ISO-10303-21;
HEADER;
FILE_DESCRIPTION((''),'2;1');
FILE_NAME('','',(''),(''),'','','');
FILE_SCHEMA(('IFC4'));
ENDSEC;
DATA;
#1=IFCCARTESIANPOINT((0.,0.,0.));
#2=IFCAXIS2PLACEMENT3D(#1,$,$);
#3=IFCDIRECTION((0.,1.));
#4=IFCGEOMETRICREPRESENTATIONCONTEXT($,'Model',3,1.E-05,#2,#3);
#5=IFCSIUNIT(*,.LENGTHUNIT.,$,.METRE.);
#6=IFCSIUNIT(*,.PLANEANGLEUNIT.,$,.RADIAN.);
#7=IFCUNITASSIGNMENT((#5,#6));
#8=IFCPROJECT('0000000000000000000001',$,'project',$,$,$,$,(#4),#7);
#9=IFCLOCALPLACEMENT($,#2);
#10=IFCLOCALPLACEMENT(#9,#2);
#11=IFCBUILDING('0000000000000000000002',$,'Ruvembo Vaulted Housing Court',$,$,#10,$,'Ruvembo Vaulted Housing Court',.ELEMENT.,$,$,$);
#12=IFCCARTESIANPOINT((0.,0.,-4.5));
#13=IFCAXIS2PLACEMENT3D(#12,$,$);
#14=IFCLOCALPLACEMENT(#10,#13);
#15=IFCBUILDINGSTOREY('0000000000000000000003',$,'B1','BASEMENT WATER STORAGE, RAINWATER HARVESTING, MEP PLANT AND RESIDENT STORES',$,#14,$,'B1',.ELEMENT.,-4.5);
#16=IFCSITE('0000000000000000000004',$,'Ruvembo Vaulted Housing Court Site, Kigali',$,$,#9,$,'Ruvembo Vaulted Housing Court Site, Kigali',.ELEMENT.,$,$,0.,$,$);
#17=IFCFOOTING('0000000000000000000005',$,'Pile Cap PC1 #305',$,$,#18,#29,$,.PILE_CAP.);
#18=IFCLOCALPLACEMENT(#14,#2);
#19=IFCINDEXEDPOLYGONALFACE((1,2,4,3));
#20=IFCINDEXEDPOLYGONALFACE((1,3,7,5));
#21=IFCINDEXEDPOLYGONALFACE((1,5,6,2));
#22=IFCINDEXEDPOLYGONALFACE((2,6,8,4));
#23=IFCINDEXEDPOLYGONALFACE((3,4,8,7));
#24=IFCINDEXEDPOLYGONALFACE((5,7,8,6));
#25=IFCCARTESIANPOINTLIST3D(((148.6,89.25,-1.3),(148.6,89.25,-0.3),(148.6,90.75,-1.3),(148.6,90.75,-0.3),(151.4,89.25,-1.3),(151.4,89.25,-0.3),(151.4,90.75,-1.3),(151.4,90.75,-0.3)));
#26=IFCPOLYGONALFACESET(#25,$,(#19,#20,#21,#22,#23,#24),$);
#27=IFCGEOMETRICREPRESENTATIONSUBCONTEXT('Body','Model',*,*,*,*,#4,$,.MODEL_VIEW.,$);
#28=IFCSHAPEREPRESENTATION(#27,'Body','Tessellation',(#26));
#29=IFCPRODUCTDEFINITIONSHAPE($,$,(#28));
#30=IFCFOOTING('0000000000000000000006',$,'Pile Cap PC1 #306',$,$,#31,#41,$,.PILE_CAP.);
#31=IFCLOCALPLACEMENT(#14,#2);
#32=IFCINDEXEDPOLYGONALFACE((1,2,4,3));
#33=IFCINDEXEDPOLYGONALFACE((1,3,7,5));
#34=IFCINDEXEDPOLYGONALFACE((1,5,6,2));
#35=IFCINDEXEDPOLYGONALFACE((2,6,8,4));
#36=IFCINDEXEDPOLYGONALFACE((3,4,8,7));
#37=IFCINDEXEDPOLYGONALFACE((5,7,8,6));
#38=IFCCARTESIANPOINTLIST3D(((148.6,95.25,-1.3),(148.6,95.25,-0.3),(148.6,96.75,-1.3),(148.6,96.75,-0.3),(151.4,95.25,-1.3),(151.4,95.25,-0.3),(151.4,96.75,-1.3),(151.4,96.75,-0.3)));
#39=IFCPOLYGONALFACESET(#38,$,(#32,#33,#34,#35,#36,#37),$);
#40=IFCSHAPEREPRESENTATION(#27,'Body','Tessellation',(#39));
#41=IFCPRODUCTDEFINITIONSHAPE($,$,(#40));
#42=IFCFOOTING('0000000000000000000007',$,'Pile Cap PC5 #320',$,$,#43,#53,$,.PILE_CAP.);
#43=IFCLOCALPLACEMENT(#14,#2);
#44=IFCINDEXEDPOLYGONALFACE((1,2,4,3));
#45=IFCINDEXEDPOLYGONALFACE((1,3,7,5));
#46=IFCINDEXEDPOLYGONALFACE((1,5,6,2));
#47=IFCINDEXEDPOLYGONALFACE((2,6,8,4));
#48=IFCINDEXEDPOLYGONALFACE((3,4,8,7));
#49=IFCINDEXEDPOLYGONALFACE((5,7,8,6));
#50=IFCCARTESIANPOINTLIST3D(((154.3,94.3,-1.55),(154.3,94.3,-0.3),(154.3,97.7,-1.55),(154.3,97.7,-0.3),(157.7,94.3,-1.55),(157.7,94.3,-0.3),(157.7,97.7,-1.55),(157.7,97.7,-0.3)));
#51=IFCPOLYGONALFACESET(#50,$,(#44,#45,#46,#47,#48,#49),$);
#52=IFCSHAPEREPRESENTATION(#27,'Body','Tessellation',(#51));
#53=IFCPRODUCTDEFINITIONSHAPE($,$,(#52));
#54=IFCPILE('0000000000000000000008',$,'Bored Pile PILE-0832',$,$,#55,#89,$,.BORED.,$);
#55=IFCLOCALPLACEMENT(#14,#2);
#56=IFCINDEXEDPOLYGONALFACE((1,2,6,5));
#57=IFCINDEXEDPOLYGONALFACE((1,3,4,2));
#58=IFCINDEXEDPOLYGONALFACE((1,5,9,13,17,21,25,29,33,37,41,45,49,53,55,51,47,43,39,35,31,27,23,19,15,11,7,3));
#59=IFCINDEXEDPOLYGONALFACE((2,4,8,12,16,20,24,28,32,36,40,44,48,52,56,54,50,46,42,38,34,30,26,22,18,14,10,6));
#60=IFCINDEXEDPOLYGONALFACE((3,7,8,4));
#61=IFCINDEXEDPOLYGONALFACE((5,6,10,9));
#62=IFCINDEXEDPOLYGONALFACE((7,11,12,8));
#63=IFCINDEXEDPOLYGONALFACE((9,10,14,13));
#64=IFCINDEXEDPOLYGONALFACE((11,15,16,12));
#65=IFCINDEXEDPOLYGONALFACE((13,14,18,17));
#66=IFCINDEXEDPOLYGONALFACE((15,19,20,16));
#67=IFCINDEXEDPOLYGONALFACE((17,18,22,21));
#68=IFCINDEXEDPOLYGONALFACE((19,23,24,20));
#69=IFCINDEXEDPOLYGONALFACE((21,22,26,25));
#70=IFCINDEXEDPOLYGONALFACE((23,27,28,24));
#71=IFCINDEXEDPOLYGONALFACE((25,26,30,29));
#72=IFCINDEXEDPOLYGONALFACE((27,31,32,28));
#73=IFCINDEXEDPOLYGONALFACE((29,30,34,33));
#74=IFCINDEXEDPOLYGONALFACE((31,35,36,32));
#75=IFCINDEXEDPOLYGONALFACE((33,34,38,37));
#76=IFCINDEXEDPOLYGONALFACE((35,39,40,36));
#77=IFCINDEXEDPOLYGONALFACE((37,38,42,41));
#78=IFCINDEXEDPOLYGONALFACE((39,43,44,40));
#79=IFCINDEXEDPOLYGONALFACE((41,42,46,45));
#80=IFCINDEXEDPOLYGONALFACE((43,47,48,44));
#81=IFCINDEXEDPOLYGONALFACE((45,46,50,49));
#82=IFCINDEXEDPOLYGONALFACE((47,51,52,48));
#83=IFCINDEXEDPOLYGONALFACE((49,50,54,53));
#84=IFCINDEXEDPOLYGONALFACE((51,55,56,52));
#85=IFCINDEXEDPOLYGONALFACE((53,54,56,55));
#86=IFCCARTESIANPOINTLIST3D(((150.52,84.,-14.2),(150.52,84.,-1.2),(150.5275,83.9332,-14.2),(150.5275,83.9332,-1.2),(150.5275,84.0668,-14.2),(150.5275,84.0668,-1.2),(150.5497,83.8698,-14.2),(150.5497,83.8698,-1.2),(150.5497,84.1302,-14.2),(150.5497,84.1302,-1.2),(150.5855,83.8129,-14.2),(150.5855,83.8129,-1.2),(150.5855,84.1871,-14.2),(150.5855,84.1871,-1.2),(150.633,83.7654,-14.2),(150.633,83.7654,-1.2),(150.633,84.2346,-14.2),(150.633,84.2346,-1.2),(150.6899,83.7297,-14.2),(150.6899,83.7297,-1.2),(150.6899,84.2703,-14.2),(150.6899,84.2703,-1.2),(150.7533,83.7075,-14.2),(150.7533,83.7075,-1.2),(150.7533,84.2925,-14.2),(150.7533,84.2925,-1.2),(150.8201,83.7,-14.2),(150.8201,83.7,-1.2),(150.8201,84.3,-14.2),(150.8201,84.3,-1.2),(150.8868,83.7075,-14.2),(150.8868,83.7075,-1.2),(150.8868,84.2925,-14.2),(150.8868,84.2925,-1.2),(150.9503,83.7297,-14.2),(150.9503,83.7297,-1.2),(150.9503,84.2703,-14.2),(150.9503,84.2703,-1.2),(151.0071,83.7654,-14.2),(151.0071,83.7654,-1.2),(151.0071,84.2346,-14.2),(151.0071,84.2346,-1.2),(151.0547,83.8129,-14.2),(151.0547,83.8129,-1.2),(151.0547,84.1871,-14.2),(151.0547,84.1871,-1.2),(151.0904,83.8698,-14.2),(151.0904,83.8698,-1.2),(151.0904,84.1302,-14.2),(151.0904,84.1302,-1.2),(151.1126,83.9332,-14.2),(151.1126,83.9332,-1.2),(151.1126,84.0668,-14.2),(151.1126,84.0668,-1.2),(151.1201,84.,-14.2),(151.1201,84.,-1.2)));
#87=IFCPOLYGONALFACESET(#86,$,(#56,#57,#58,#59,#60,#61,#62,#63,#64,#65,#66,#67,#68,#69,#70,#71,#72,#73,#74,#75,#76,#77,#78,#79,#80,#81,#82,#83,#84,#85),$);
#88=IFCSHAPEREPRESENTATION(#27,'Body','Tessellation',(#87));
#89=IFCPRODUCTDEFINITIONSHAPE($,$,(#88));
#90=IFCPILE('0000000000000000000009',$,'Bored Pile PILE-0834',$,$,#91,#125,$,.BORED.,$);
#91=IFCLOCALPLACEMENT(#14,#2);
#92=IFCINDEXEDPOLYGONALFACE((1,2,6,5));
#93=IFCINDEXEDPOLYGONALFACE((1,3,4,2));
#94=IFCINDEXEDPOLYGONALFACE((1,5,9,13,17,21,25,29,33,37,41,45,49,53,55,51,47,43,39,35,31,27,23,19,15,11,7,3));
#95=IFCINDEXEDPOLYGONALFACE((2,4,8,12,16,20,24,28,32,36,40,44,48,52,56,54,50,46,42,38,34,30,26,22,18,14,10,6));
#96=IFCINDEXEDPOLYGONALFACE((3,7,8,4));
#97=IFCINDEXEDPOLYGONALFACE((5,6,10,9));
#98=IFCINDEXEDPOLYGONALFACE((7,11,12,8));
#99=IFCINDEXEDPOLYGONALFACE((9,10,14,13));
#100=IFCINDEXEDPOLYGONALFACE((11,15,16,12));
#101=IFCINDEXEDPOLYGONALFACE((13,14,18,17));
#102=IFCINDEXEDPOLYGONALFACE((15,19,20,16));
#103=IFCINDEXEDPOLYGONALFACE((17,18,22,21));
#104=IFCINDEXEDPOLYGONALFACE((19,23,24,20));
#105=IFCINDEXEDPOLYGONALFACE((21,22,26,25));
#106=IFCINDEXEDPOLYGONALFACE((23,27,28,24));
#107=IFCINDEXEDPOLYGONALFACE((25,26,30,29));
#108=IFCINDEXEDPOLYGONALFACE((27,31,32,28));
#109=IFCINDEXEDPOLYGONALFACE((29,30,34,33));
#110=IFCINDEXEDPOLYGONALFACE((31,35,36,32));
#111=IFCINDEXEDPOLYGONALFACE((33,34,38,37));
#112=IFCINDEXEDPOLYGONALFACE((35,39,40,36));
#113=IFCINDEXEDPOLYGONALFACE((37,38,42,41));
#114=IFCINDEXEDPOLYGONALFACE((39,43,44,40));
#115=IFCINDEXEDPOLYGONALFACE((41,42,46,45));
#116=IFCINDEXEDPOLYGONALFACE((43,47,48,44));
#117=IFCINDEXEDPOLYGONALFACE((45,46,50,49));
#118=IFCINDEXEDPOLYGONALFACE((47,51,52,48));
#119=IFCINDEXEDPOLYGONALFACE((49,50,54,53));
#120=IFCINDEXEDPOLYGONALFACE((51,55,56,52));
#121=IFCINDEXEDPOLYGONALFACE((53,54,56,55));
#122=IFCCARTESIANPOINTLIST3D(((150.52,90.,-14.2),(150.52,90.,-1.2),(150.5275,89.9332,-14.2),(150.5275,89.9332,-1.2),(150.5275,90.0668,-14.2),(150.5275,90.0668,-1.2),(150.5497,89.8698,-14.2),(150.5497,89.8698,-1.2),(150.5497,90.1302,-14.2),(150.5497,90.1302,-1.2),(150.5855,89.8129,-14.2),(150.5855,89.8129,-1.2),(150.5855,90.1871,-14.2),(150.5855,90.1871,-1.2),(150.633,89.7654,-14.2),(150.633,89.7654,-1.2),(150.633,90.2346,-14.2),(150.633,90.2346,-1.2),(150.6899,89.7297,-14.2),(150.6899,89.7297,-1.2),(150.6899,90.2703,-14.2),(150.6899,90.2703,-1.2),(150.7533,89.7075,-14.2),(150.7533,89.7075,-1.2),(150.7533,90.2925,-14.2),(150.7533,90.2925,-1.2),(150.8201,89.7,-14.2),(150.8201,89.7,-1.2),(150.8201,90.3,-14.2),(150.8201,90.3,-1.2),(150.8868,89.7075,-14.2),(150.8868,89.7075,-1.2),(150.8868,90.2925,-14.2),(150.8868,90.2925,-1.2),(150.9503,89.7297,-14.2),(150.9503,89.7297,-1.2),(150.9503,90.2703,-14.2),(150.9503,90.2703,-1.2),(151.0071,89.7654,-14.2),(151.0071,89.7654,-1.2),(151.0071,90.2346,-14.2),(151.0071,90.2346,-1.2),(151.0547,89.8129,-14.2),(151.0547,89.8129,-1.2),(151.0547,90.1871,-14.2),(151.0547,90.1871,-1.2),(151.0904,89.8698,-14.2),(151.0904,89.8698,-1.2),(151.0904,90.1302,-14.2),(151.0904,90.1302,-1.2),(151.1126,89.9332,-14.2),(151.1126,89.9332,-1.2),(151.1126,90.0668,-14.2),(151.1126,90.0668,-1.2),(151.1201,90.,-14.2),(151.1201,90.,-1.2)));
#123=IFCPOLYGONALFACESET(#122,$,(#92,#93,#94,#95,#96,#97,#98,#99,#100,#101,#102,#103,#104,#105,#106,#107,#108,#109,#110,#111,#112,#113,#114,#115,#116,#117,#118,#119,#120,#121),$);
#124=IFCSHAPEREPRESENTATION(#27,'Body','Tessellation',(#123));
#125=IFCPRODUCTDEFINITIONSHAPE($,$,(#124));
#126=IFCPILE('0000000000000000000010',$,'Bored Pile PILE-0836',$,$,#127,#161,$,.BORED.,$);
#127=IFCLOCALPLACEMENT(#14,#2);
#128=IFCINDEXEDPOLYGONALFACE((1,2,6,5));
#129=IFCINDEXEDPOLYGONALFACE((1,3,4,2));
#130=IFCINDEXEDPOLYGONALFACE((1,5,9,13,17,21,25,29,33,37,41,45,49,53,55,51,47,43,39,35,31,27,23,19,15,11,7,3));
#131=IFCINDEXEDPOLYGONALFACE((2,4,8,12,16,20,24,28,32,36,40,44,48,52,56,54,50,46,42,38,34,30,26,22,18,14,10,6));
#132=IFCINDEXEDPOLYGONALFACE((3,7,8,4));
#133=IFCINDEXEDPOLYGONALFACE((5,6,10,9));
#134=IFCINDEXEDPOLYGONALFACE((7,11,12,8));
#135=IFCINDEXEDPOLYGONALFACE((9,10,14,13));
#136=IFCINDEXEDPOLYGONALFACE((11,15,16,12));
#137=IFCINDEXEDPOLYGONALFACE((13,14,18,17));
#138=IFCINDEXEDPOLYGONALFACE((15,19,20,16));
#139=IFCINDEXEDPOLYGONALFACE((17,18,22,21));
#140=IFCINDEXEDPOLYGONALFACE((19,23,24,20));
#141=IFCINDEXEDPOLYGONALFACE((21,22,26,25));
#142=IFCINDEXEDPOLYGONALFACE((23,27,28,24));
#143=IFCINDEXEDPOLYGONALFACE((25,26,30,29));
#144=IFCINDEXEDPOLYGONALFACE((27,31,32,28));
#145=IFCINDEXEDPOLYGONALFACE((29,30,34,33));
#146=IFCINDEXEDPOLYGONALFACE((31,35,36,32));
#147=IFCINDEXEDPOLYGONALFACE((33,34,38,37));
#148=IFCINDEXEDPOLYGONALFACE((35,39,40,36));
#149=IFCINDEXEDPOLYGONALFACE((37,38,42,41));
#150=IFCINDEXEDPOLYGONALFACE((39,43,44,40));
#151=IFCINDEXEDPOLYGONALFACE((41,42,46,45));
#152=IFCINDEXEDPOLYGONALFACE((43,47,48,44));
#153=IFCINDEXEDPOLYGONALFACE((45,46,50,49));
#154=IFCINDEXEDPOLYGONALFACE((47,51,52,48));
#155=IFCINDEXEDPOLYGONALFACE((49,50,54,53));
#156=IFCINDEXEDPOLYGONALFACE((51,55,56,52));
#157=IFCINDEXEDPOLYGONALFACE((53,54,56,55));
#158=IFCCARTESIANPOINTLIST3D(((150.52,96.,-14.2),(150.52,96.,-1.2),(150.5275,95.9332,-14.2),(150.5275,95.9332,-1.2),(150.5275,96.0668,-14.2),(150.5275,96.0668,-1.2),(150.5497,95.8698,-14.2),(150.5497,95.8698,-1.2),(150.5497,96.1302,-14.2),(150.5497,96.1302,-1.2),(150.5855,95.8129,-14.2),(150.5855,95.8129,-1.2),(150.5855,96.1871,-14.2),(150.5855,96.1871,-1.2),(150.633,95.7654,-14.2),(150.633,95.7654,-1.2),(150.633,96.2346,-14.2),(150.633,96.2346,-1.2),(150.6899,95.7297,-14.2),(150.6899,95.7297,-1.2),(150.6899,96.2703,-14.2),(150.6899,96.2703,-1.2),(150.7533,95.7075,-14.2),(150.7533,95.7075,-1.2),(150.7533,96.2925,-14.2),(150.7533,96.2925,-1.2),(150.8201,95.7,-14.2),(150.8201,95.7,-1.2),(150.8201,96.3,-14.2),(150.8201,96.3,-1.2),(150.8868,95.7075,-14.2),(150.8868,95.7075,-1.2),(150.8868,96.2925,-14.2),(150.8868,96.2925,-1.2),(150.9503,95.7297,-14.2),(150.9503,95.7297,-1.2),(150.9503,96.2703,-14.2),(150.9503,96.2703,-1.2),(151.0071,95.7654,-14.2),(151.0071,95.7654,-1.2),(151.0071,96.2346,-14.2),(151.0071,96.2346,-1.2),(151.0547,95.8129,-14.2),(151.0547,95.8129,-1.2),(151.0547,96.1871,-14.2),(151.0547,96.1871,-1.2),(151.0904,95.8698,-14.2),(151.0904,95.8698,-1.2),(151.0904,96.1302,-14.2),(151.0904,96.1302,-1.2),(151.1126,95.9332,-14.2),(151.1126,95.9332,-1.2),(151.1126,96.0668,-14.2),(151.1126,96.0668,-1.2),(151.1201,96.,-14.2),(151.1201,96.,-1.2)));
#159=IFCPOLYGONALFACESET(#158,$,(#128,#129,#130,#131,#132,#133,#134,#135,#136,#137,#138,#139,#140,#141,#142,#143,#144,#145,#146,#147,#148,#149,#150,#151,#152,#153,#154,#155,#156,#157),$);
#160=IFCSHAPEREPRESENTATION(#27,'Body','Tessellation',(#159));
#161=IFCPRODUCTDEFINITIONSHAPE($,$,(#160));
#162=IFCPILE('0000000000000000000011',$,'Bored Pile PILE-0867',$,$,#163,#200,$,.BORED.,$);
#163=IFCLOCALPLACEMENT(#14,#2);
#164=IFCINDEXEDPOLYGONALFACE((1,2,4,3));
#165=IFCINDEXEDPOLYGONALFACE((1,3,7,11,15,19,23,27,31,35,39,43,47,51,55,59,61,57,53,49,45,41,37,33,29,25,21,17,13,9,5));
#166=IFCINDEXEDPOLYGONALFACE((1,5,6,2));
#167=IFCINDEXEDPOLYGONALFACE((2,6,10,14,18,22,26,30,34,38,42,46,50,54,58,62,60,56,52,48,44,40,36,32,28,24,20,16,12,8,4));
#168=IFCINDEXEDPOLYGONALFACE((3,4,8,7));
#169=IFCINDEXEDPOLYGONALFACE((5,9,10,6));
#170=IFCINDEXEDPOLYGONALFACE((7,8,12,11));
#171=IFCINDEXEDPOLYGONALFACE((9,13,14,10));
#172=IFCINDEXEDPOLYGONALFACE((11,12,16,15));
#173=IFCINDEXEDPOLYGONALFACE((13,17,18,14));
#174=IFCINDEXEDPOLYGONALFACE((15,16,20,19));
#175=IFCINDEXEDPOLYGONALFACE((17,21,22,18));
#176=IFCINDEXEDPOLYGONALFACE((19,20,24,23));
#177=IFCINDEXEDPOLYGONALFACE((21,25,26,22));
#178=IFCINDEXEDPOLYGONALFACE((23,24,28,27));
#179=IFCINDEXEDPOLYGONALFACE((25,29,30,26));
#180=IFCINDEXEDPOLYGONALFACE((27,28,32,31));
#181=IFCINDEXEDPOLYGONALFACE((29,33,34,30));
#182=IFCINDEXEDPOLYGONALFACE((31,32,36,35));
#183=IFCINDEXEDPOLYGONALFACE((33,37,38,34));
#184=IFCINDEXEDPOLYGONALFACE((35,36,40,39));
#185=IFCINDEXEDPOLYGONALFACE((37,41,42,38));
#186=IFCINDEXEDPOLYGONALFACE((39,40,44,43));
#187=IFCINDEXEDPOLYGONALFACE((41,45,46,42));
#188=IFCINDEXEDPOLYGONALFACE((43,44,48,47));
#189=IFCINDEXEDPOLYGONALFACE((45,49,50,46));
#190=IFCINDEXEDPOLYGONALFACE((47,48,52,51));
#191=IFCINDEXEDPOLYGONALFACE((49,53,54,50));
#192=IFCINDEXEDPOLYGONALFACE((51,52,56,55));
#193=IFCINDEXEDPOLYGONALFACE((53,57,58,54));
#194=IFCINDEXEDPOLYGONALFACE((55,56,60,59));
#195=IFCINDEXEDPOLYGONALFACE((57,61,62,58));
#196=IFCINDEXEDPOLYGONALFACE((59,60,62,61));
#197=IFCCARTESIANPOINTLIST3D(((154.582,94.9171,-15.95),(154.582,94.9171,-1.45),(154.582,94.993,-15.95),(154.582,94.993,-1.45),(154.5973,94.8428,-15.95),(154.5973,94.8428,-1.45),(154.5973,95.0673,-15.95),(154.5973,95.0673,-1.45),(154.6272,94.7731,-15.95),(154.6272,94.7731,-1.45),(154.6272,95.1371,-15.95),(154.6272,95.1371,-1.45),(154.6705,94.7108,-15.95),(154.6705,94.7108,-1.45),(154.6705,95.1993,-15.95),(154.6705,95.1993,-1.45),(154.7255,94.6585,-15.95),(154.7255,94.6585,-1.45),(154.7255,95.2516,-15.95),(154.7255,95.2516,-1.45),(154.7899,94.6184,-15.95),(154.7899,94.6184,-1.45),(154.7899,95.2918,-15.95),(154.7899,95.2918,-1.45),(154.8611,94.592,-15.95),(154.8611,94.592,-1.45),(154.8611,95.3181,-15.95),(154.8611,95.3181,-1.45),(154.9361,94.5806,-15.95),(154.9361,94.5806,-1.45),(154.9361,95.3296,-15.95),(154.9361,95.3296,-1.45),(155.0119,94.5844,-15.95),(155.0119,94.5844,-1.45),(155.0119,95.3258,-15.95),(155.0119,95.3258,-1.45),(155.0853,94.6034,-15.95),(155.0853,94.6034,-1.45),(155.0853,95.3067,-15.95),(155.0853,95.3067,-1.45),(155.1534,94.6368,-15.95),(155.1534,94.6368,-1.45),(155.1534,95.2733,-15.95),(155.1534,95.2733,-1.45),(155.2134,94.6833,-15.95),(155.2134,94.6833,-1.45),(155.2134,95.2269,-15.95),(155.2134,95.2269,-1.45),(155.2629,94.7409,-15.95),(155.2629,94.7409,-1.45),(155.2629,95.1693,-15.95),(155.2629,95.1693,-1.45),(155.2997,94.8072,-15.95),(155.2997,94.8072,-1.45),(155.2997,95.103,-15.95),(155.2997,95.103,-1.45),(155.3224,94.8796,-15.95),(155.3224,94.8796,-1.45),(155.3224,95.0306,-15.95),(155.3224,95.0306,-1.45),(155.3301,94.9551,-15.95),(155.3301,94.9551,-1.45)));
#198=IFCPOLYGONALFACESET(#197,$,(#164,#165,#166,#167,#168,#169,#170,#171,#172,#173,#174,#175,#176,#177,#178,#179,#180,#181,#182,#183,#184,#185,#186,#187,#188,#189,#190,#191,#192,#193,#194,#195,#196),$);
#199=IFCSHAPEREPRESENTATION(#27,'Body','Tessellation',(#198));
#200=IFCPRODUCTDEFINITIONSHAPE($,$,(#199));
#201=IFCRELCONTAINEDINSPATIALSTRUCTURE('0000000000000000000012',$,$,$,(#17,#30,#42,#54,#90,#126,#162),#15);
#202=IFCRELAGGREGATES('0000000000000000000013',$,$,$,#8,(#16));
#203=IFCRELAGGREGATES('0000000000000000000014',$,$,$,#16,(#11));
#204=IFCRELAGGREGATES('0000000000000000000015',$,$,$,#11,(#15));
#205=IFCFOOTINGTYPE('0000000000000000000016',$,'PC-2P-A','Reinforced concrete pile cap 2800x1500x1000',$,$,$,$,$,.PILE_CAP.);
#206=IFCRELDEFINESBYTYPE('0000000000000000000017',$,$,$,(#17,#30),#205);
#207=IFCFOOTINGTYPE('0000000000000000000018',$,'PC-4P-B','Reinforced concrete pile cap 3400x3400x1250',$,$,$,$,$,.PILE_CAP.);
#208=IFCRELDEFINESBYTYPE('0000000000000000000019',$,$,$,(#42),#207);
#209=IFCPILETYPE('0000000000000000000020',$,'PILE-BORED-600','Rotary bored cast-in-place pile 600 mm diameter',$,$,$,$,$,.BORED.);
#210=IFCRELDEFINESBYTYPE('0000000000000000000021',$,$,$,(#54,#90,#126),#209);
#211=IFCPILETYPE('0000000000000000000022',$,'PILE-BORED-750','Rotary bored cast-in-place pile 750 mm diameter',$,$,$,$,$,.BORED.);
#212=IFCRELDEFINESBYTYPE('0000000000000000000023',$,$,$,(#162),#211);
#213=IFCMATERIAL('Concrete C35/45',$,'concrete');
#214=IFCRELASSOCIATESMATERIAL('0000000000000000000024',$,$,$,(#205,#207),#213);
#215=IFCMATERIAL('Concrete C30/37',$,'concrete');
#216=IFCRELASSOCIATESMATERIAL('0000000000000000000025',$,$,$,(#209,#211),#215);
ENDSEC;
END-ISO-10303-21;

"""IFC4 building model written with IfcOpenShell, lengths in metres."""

from ifc_helpers import new_model, si_unit, direction, frame, origin, origin_2d, place, context, subcontext, project, spatial, rectangle, circle, extrude, material, material_profile, profile_set, type_object, element, save


model = new_model("IFC4")

# Units and contexts
model_context = context("Model", 3, precision=1e-05, world=origin(), true_north=direction((0.0, 1.0)))
body_context = subcontext(model_context, "Body", "Model", "MODEL_VIEW")
ifc_project = project(units=[si_unit("LENGTHUNIT", "METRE"), si_unit("PLANEANGLEUNIT", "RADIAN")], contexts=[model_context])

# Site, building, storey
site_placement = place(None, origin())
site = spatial("IfcSite", under=ifc_project, at=site_placement, Name="Ruvembo Vaulted Housing Court Site, Kigali", LongName="Ruvembo Vaulted Housing Court Site, Kigali", CompositionType="ELEMENT", RefElevation=0.0)
building_placement = place(site_placement, origin())
building = spatial("IfcBuilding", under=site, at=building_placement, Name="Ruvembo Vaulted Housing Court", LongName="Ruvembo Vaulted Housing Court", CompositionType="ELEMENT")
storey_placement = place(building_placement, frame((0.0, 0.0, -4.5)))
storey = spatial("IfcBuildingStorey", under=building, at=storey_placement, Name="B1", Description="BASEMENT WATER STORAGE, RAINWATER HARVESTING, MEP PLANT AND RESIDENT STORES", LongName="B1", CompositionType="ELEMENT", Elevation=-4.5)

# Footings
ifc_material_1 = material(Name="Concrete C35/45", Category="concrete")
footing_type_1 = type_object("IfcFootingType", Name="PC-2P-A", Description="Reinforced concrete pile cap 2800x1500x1000", PredefinedType="PILE_CAP", material=ifc_material_1)
for number, where, z_axis, x_axis, name in (
    (1, (150.0, 90.0, -1.3), (0.0, 0.0, 1.0), (1.0, 0.0, 0.0), "Pile Cap PC1 #305"),
    (2, (150.0, 96.0, -1.3), (0.0, 0.0, 1.0), (1.0, 0.0, 0.0), "Pile Cap PC1 #306"),
):
    element("IfcFooting", number, at=place(storey_placement, frame(where, z_axis=z_axis, x_axis=x_axis)), inside=storey, type_object=footing_type_1, Name=name, PredefinedType="PILE_CAP", context=body_context, shape_type="SweptSolid", body=[
        extrude(rectangle(XDim=2.8, YDim=1.5, at=origin_2d()), origin(), (0.0, 0.0, 1.0), 1.0),
    ])
footing_type_2 = type_object("IfcFootingType", Name="PC-4P-B", Description="Reinforced concrete pile cap 3400x3400x1250", PredefinedType="PILE_CAP", material=ifc_material_1)
footing_placement = place(storey_placement, frame((156.0, 96.0, -1.55), z_axis=(0.0, 0.0, 1.0), x_axis=(1.0, 0.0, 0.0)))
element("IfcFooting", 3, at=footing_placement, inside=storey, type_object=footing_type_2, Name="Pile Cap PC5 #320", PredefinedType="PILE_CAP", context=body_context, shape_type="SweptSolid", body=[
    extrude(rectangle(XDim=3.3999, YDim=3.3999, at=origin_2d()), origin(), (0.0, 0.0, 1.0), 1.25),
])

# Piles
ifc_material_2 = material(Name="Concrete C30/37", Category="concrete")
ifc_material_profile_1 = material_profile(ifc_material_2, circle(Radius=0.3, at=origin_2d()), Name="PILE D600")
ifc_profile_set_1 = profile_set([ifc_material_profile_1], Name="Concrete C30/37")
pile_type_1 = type_object("IfcPileType", Name="PILE-BORED-600", Description="Rotary bored cast-in-place pile 600 mm diameter", PredefinedType="BORED", material=ifc_profile_set_1)
for number, where, z_axis, x_axis, name in (
    (4, (150.8201, 84.0, -1.2), (0.0, 0.0, -1.0), (1.0, 0.0, 0.0), "Bored Pile PILE-0832"),
    (5, (150.8201, 90.0, -1.2), (0.0, 0.0, -1.0), (1.0, 0.0, 0.0), "Bored Pile PILE-0834"),
    (6, (150.8201, 96.0, -1.2), (0.0, 0.0, -1.0), (1.0, 0.0, 0.0), "Bored Pile PILE-0836"),
):
    element("IfcPile", number, at=place(storey_placement, frame(where, z_axis=z_axis, x_axis=x_axis)), inside=storey, type_object=pile_type_1, Name=name, PredefinedType="BORED", context=body_context, shape_type="SweptSolid", body=[
        extrude(circle(Radius=0.3, at=origin_2d()), origin(), (0.0, 0.0, 1.0), 13.0),
    ])
ifc_material_profile_2 = material_profile(ifc_material_2, circle(Radius=0.375, at=origin_2d()), Name="PILE D750")
ifc_profile_set_2 = profile_set([ifc_material_profile_2], Name="Concrete C30/37")
pile_type_2 = type_object("IfcPileType", Name="PILE-BORED-750", Description="Rotary bored cast-in-place pile 750 mm diameter", PredefinedType="BORED", material=ifc_profile_set_2)
for number, where, z_axis, x_axis, name in (
    (7, (154.9551, 94.9551, -1.45), (0.0, 0.0, -1.0), (1.0, 0.0, 0.0), "Bored Pile PILE-0867"),
):
    element("IfcPile", number, at=place(storey_placement, frame(where, z_axis=z_axis, x_axis=x_axis)), inside=storey, type_object=pile_type_2, Name=name, PredefinedType="BORED", context=body_context, shape_type="SweptSolid", body=[
        extrude(circle(Radius=0.375, at=origin_2d()), origin(), (0.0, 0.0, 1.0), 14.5),
    ])

save(model, "model.ifc")
